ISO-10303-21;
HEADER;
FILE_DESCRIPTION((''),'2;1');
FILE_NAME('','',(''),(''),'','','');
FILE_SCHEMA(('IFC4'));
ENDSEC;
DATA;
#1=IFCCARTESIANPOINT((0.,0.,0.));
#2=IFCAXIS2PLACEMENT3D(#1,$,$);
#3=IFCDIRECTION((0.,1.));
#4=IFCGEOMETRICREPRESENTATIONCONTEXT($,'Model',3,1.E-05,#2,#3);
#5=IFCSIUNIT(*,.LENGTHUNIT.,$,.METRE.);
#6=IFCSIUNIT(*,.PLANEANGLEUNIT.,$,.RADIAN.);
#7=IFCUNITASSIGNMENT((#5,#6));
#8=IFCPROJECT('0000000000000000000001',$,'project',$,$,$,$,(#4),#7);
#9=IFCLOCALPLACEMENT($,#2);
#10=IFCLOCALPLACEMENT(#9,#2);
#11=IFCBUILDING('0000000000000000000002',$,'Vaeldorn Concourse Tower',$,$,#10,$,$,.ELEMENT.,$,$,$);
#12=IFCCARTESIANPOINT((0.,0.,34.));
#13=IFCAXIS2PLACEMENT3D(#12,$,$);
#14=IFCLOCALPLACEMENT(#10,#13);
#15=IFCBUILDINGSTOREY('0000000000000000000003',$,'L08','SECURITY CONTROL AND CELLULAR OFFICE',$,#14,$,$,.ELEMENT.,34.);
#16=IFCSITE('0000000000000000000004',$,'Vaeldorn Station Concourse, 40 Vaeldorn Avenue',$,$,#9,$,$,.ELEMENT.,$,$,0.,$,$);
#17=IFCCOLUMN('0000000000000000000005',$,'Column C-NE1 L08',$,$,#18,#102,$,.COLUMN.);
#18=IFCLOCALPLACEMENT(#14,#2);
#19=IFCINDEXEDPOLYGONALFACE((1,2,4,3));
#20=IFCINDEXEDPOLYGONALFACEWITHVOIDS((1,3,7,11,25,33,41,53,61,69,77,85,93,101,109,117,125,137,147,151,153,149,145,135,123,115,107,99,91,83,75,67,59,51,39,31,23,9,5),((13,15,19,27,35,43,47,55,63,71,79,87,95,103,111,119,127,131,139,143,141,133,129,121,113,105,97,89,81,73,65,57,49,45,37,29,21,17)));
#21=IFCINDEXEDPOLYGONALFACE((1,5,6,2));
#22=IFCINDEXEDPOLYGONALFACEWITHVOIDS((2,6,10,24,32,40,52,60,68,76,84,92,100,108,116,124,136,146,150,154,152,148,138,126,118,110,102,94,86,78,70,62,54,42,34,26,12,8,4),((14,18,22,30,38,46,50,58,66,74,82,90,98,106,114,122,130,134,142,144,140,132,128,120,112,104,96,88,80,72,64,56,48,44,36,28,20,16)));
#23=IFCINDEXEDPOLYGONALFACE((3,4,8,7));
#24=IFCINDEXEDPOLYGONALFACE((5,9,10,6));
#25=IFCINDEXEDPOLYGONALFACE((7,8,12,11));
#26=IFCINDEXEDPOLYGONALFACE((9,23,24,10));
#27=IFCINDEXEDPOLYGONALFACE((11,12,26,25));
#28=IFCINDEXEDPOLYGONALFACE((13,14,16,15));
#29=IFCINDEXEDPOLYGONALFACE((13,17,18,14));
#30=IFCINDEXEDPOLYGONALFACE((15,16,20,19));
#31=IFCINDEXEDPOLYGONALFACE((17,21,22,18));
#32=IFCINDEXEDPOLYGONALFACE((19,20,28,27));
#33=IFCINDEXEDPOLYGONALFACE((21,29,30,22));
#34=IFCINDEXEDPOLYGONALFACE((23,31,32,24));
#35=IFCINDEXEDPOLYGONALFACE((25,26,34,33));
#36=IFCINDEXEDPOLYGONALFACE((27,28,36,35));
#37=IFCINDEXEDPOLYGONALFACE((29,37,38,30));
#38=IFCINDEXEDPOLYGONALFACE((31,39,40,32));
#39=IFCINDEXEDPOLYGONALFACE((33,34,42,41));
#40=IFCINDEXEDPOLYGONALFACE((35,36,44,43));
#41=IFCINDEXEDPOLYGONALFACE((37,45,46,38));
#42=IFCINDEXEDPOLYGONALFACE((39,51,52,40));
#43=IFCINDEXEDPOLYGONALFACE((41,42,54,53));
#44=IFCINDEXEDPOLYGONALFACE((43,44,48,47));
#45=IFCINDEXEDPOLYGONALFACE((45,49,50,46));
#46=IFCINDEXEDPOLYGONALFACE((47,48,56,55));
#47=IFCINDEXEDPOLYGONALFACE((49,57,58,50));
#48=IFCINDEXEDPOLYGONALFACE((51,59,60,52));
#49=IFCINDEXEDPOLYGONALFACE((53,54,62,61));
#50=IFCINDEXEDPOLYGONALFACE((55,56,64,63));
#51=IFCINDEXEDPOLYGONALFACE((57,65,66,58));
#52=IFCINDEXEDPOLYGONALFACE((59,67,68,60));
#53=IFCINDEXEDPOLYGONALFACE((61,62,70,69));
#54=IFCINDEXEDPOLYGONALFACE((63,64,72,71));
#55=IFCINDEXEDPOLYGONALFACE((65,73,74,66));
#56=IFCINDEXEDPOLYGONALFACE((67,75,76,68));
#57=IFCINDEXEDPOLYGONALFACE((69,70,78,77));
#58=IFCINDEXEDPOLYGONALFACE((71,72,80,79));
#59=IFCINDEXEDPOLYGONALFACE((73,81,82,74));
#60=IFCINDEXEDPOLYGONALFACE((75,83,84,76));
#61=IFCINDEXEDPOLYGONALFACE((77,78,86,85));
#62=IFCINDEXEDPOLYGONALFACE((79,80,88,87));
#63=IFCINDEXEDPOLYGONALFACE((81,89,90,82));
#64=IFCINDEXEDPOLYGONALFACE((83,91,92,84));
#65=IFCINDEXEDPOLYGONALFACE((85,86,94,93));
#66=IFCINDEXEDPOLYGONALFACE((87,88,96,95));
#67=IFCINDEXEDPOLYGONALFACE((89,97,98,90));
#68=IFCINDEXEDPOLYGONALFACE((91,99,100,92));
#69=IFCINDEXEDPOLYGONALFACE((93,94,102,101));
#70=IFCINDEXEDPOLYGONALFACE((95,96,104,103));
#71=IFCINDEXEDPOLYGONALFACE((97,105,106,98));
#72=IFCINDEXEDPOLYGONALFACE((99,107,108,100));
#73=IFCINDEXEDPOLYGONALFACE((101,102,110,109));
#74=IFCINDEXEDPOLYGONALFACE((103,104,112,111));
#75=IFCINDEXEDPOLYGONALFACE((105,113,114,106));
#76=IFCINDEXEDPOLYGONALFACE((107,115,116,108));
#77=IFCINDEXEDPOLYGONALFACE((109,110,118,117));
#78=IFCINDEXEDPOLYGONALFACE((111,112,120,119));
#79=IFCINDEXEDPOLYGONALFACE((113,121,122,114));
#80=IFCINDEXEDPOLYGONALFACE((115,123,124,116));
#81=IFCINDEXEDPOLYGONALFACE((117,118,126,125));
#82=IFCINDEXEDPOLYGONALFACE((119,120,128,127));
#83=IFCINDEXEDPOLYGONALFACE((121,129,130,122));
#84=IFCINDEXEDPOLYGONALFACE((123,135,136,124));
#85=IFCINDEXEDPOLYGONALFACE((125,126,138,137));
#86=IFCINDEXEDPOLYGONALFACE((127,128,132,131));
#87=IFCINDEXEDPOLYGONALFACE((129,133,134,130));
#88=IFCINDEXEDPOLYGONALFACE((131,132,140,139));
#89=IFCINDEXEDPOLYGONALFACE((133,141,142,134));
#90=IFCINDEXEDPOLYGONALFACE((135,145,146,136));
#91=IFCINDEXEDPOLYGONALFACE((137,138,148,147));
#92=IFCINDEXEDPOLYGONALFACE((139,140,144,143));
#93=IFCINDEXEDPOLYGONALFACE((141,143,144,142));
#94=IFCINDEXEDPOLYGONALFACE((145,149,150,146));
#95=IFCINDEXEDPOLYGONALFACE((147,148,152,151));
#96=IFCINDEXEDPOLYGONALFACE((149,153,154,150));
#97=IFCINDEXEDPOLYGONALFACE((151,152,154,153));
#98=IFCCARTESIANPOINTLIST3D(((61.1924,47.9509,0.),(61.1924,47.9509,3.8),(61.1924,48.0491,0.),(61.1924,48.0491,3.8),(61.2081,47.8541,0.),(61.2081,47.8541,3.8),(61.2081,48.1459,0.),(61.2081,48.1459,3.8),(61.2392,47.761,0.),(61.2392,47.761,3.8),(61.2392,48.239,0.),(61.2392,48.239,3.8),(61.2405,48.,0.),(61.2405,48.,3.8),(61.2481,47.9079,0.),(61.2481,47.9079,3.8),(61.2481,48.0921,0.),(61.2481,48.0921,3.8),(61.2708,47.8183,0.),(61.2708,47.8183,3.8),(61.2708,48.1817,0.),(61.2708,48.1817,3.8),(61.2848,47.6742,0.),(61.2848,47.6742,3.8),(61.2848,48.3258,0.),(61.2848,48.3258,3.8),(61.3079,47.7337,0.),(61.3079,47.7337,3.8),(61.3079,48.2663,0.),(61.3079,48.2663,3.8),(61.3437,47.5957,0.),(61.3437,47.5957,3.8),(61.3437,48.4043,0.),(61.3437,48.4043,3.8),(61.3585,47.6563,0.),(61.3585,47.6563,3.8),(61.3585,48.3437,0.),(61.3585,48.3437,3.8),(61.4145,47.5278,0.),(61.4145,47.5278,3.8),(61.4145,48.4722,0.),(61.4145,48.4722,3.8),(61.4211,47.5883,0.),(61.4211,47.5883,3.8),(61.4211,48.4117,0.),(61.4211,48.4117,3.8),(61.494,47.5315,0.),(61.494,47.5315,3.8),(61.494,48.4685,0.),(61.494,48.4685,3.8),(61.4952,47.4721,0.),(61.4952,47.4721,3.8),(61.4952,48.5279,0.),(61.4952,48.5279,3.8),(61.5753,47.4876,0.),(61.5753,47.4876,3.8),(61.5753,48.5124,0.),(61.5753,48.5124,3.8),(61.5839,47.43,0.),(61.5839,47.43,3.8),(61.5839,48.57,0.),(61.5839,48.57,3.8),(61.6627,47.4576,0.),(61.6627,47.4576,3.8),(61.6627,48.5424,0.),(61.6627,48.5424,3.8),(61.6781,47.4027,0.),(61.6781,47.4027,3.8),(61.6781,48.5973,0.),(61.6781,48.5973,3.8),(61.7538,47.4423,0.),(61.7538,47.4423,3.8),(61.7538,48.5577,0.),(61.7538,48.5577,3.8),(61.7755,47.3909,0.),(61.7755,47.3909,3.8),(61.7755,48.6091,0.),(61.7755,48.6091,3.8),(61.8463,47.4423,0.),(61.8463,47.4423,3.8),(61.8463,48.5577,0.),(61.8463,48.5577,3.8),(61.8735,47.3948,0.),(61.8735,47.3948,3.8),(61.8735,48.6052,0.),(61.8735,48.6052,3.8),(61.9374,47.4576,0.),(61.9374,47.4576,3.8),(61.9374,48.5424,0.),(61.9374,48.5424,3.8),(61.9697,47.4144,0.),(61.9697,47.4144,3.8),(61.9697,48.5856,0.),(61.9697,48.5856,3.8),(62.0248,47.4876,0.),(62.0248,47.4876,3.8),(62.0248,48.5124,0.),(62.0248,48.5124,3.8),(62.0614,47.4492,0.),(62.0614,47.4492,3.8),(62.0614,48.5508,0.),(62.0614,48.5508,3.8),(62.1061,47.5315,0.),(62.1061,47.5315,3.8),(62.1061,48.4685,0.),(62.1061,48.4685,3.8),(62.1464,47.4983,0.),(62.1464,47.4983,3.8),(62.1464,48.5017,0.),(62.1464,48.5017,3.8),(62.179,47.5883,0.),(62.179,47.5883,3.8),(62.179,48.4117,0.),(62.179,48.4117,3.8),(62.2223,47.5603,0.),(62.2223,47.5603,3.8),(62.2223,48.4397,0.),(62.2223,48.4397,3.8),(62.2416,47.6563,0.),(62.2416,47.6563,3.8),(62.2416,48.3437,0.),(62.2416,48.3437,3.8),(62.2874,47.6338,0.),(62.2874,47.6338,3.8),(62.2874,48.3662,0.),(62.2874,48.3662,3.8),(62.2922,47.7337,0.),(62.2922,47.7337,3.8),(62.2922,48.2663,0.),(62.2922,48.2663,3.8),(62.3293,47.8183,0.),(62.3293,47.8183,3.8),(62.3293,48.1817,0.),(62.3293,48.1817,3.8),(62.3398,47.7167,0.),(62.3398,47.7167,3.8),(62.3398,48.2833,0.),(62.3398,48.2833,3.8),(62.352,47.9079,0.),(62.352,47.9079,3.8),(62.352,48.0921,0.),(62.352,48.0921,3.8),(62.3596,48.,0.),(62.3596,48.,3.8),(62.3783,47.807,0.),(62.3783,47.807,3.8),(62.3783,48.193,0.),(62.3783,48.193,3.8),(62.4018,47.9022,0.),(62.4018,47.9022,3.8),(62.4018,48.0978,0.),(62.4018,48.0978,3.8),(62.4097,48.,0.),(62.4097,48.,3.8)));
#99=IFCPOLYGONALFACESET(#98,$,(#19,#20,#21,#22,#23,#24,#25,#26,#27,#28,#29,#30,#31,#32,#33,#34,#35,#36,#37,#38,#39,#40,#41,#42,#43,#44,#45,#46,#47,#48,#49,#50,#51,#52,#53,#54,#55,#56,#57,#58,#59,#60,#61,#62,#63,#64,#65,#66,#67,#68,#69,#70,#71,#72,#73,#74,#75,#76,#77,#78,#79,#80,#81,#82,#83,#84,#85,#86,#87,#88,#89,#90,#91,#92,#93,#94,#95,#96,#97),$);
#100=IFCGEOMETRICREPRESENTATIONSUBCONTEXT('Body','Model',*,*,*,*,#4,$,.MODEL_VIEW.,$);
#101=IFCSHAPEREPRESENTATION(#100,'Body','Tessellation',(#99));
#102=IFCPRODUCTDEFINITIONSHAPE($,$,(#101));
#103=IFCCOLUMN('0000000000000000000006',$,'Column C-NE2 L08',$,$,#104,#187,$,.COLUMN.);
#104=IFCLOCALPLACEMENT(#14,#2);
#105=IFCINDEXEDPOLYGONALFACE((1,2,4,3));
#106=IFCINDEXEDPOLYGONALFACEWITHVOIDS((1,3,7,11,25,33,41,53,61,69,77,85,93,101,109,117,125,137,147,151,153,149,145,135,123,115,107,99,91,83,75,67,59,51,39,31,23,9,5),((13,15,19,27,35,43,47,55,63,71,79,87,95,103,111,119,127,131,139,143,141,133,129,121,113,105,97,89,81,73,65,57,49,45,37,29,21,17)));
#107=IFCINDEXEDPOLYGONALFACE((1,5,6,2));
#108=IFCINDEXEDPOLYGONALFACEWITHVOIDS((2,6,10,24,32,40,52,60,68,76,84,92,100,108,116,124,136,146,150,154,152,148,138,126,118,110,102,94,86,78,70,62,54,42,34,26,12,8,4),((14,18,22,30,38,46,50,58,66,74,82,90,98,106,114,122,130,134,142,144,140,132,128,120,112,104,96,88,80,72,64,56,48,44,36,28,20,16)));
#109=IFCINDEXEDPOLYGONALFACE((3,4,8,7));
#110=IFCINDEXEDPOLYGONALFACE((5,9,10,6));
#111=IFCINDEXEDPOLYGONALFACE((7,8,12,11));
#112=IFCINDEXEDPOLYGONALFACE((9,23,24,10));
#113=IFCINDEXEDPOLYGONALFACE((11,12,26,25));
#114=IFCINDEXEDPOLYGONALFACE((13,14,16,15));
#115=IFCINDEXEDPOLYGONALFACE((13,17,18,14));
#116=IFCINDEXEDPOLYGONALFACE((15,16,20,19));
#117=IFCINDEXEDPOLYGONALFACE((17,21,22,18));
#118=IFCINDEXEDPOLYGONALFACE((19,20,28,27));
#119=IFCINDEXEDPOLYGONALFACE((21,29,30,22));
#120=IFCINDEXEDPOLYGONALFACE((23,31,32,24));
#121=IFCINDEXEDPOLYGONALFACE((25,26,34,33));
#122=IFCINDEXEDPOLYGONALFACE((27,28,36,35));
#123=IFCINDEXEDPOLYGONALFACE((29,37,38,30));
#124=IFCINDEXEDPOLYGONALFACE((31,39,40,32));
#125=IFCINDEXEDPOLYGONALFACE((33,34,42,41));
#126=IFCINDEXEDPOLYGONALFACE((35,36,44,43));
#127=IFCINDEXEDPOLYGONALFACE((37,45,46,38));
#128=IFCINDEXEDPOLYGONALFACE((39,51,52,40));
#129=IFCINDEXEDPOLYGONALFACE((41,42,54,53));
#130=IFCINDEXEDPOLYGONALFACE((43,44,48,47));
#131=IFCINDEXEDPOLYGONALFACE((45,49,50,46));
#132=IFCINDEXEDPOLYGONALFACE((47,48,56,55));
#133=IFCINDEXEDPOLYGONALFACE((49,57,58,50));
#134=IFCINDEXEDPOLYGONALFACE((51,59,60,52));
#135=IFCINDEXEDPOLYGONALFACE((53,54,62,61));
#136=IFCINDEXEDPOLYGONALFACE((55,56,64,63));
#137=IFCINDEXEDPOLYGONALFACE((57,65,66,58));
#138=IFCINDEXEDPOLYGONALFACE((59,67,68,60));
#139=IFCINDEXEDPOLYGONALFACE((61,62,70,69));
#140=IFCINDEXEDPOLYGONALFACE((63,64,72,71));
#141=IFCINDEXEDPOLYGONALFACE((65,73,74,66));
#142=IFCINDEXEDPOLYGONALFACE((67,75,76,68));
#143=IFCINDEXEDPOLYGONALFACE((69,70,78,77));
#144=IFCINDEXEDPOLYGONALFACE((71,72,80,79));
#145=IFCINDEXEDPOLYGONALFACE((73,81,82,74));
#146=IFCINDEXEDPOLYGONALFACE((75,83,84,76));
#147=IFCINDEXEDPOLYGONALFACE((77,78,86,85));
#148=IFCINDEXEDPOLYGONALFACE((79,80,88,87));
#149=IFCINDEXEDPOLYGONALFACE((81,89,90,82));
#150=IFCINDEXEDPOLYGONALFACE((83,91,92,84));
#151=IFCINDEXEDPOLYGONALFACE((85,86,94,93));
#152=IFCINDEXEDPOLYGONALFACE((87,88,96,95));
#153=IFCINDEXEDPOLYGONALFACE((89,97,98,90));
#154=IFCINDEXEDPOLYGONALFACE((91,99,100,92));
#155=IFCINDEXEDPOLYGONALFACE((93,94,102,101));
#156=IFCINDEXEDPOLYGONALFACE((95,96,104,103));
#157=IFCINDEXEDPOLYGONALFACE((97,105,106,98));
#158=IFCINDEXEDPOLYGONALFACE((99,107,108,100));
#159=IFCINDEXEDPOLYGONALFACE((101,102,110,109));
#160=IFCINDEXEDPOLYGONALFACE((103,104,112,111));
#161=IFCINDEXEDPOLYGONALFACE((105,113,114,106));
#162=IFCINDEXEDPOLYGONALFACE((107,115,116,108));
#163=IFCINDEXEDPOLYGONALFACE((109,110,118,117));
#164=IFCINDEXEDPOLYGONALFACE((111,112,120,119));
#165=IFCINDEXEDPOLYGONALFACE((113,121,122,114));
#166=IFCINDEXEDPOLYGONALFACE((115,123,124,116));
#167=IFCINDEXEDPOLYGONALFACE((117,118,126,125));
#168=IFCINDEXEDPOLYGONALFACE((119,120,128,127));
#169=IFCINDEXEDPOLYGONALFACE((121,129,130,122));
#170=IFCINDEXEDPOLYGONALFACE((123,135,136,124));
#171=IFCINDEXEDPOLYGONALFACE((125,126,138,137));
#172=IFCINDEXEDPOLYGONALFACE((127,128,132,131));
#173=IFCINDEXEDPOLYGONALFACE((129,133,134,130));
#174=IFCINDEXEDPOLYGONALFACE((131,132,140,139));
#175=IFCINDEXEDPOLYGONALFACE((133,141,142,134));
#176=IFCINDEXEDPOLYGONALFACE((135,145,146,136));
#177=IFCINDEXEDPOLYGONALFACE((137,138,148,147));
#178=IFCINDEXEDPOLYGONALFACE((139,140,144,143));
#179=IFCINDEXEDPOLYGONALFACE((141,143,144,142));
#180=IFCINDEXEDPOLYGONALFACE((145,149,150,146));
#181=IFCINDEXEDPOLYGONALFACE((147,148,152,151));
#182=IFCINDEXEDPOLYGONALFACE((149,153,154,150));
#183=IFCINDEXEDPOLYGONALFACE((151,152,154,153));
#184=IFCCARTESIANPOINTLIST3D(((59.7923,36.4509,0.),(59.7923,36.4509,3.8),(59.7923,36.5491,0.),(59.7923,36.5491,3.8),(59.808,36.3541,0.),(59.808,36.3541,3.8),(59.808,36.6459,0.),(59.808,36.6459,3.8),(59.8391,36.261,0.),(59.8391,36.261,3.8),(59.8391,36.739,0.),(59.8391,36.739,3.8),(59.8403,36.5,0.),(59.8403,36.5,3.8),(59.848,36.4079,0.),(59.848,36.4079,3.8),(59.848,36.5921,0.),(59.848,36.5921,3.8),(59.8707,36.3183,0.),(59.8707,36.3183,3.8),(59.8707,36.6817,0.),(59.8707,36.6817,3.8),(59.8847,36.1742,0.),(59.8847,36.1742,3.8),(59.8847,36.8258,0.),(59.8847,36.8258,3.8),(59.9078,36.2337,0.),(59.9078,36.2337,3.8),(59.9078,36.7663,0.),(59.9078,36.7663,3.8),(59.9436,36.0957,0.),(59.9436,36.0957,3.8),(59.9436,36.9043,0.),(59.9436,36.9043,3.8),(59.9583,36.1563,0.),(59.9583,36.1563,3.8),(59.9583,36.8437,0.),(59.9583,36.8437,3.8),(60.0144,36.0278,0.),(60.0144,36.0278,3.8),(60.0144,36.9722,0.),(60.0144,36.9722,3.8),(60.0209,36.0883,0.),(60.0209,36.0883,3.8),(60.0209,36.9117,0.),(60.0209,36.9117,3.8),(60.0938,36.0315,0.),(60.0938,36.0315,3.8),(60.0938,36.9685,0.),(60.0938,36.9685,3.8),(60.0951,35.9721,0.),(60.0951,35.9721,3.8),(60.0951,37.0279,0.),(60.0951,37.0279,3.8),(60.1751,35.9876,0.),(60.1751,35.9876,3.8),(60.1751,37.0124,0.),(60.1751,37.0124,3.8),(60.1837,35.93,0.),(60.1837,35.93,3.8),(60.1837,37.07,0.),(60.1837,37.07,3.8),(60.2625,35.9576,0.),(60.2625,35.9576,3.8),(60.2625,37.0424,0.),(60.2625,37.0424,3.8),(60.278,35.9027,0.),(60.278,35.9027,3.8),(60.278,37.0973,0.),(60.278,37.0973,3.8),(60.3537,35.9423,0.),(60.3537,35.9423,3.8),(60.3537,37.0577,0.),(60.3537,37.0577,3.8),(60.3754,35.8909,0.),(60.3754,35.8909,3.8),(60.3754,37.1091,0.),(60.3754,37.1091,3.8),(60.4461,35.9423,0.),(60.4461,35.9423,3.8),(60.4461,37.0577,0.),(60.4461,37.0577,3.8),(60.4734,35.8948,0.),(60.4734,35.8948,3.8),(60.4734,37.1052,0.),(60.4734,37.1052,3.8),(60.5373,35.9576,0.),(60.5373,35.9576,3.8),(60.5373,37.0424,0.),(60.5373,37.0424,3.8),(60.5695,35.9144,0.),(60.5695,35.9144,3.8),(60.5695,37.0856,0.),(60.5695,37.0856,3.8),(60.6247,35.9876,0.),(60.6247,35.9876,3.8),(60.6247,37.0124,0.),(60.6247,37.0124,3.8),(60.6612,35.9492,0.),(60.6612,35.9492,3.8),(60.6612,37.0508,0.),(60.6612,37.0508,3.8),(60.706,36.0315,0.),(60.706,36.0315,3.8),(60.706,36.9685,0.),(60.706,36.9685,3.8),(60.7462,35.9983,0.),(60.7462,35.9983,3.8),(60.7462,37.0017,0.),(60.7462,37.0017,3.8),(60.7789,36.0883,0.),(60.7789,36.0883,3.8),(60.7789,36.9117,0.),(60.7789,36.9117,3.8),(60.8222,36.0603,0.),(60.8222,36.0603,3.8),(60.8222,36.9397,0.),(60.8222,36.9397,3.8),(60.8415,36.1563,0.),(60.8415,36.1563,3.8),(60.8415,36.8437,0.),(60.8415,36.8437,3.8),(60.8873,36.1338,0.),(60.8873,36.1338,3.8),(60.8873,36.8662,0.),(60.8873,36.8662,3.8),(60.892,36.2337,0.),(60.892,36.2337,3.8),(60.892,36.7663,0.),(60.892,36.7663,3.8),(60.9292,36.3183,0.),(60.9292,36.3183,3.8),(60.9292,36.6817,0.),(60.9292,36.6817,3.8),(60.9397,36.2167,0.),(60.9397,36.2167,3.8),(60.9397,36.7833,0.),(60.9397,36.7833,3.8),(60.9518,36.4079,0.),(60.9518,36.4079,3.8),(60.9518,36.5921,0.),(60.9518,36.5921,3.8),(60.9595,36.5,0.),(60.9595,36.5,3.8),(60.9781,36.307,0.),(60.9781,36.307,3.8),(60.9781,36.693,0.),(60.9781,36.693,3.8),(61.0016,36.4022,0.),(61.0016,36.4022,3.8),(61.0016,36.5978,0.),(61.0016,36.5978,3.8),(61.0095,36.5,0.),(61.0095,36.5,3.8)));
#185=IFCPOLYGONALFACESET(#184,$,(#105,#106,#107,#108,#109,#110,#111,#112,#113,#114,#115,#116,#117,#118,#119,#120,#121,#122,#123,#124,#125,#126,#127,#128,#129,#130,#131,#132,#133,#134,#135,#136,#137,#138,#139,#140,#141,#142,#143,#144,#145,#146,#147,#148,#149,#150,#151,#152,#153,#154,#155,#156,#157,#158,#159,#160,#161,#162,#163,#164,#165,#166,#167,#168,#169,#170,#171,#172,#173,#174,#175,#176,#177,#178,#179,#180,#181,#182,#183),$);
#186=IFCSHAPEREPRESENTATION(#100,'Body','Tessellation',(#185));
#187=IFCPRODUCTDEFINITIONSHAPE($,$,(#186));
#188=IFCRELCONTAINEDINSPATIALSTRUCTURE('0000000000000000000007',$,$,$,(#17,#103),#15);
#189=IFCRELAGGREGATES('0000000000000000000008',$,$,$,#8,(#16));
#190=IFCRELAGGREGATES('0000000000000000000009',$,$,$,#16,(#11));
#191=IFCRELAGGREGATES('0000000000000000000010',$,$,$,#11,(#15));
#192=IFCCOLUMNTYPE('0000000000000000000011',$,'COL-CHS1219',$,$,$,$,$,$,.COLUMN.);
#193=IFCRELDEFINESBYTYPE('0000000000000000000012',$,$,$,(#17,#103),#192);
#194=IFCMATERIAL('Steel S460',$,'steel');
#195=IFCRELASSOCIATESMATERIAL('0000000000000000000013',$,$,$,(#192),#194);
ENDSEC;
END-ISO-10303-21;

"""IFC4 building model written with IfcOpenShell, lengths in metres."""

from ifc_helpers import new_model, si_unit, direction, frame, origin, origin_2d, place, context, subcontext, project, spatial, hollow_circle, extrude, source, transform, mapped, material, material_profile, profile_set, type_object, element, save


model = new_model("IFC4")

# Units and contexts
model_context = context("Model", 3, precision=1e-05, world=origin(), true_north=direction((0.0, 1.0)))
body_context = subcontext(model_context, "Body", "Model", "MODEL_VIEW")
ifc_project = project(units=[si_unit("LENGTHUNIT", "METRE"), si_unit("PLANEANGLEUNIT", "RADIAN")], contexts=[model_context])

# Site, building, storey
site_placement = place(None, origin())
site = spatial("IfcSite", under=ifc_project, at=site_placement, Name="Vaeldorn Station Concourse, 40 Vaeldorn Avenue", CompositionType="ELEMENT", RefElevation=0.0)
building_placement = place(site_placement, origin())
building = spatial("IfcBuilding", under=site, at=building_placement, Name="Vaeldorn Concourse Tower", CompositionType="ELEMENT")
storey_placement = place(building_placement, frame((0.0, 0.0, 34.0)))
storey = spatial("IfcBuildingStorey", under=building, at=storey_placement, Name="L08", Description="SECURITY CONTROL AND CELLULAR OFFICE", CompositionType="ELEMENT", Elevation=34.0)

# Columns
ifc_material_1 = material(Name="Steel S460", Category="steel")
ifc_material_profile_1 = material_profile(ifc_material_1, hollow_circle(Radius=0.6096, WallThickness=0.05, at=origin_2d()), Name="CHS 1219x50")
ifc_profile_set_1 = profile_set([ifc_material_profile_1], Name="Steel S460")
column_type = type_object("IfcColumnType", Name="COL-CHS1219", PredefinedType="COLUMN", material=ifc_profile_set_1)
shared_shape_1 = source(origin(), body_context, "Body", "SweptSolid", [
    extrude(hollow_circle(Radius=0.6096, WallThickness=0.05, at=origin_2d()), origin(), (0.0, 0.0, 1.0), 3.8),
])
for number, where, z_axis, x_axis, name in (
    (1, (61.8, 48.0, 0.0), (0.0, 0.0, 1.0), (1.0, 0.0, 0.0), "Column C-NE1 L08"),
    (2, (60.3999, 36.5, 0.0), (0.0, 0.0, 1.0), (1.0, 0.0, 0.0), "Column C-NE2 L08"),
):
    element("IfcColumn", number, at=place(storey_placement, frame(where, z_axis=z_axis, x_axis=x_axis)), inside=storey, type_object=column_type, Name=name, PredefinedType="COLUMN", context=body_context, shape_type="MappedRepresentation", body=[
        mapped(shared_shape_1, transform((0.0, 0.0, 0.0), scale=1.0)),
    ])

save(model, "model.ifc")
